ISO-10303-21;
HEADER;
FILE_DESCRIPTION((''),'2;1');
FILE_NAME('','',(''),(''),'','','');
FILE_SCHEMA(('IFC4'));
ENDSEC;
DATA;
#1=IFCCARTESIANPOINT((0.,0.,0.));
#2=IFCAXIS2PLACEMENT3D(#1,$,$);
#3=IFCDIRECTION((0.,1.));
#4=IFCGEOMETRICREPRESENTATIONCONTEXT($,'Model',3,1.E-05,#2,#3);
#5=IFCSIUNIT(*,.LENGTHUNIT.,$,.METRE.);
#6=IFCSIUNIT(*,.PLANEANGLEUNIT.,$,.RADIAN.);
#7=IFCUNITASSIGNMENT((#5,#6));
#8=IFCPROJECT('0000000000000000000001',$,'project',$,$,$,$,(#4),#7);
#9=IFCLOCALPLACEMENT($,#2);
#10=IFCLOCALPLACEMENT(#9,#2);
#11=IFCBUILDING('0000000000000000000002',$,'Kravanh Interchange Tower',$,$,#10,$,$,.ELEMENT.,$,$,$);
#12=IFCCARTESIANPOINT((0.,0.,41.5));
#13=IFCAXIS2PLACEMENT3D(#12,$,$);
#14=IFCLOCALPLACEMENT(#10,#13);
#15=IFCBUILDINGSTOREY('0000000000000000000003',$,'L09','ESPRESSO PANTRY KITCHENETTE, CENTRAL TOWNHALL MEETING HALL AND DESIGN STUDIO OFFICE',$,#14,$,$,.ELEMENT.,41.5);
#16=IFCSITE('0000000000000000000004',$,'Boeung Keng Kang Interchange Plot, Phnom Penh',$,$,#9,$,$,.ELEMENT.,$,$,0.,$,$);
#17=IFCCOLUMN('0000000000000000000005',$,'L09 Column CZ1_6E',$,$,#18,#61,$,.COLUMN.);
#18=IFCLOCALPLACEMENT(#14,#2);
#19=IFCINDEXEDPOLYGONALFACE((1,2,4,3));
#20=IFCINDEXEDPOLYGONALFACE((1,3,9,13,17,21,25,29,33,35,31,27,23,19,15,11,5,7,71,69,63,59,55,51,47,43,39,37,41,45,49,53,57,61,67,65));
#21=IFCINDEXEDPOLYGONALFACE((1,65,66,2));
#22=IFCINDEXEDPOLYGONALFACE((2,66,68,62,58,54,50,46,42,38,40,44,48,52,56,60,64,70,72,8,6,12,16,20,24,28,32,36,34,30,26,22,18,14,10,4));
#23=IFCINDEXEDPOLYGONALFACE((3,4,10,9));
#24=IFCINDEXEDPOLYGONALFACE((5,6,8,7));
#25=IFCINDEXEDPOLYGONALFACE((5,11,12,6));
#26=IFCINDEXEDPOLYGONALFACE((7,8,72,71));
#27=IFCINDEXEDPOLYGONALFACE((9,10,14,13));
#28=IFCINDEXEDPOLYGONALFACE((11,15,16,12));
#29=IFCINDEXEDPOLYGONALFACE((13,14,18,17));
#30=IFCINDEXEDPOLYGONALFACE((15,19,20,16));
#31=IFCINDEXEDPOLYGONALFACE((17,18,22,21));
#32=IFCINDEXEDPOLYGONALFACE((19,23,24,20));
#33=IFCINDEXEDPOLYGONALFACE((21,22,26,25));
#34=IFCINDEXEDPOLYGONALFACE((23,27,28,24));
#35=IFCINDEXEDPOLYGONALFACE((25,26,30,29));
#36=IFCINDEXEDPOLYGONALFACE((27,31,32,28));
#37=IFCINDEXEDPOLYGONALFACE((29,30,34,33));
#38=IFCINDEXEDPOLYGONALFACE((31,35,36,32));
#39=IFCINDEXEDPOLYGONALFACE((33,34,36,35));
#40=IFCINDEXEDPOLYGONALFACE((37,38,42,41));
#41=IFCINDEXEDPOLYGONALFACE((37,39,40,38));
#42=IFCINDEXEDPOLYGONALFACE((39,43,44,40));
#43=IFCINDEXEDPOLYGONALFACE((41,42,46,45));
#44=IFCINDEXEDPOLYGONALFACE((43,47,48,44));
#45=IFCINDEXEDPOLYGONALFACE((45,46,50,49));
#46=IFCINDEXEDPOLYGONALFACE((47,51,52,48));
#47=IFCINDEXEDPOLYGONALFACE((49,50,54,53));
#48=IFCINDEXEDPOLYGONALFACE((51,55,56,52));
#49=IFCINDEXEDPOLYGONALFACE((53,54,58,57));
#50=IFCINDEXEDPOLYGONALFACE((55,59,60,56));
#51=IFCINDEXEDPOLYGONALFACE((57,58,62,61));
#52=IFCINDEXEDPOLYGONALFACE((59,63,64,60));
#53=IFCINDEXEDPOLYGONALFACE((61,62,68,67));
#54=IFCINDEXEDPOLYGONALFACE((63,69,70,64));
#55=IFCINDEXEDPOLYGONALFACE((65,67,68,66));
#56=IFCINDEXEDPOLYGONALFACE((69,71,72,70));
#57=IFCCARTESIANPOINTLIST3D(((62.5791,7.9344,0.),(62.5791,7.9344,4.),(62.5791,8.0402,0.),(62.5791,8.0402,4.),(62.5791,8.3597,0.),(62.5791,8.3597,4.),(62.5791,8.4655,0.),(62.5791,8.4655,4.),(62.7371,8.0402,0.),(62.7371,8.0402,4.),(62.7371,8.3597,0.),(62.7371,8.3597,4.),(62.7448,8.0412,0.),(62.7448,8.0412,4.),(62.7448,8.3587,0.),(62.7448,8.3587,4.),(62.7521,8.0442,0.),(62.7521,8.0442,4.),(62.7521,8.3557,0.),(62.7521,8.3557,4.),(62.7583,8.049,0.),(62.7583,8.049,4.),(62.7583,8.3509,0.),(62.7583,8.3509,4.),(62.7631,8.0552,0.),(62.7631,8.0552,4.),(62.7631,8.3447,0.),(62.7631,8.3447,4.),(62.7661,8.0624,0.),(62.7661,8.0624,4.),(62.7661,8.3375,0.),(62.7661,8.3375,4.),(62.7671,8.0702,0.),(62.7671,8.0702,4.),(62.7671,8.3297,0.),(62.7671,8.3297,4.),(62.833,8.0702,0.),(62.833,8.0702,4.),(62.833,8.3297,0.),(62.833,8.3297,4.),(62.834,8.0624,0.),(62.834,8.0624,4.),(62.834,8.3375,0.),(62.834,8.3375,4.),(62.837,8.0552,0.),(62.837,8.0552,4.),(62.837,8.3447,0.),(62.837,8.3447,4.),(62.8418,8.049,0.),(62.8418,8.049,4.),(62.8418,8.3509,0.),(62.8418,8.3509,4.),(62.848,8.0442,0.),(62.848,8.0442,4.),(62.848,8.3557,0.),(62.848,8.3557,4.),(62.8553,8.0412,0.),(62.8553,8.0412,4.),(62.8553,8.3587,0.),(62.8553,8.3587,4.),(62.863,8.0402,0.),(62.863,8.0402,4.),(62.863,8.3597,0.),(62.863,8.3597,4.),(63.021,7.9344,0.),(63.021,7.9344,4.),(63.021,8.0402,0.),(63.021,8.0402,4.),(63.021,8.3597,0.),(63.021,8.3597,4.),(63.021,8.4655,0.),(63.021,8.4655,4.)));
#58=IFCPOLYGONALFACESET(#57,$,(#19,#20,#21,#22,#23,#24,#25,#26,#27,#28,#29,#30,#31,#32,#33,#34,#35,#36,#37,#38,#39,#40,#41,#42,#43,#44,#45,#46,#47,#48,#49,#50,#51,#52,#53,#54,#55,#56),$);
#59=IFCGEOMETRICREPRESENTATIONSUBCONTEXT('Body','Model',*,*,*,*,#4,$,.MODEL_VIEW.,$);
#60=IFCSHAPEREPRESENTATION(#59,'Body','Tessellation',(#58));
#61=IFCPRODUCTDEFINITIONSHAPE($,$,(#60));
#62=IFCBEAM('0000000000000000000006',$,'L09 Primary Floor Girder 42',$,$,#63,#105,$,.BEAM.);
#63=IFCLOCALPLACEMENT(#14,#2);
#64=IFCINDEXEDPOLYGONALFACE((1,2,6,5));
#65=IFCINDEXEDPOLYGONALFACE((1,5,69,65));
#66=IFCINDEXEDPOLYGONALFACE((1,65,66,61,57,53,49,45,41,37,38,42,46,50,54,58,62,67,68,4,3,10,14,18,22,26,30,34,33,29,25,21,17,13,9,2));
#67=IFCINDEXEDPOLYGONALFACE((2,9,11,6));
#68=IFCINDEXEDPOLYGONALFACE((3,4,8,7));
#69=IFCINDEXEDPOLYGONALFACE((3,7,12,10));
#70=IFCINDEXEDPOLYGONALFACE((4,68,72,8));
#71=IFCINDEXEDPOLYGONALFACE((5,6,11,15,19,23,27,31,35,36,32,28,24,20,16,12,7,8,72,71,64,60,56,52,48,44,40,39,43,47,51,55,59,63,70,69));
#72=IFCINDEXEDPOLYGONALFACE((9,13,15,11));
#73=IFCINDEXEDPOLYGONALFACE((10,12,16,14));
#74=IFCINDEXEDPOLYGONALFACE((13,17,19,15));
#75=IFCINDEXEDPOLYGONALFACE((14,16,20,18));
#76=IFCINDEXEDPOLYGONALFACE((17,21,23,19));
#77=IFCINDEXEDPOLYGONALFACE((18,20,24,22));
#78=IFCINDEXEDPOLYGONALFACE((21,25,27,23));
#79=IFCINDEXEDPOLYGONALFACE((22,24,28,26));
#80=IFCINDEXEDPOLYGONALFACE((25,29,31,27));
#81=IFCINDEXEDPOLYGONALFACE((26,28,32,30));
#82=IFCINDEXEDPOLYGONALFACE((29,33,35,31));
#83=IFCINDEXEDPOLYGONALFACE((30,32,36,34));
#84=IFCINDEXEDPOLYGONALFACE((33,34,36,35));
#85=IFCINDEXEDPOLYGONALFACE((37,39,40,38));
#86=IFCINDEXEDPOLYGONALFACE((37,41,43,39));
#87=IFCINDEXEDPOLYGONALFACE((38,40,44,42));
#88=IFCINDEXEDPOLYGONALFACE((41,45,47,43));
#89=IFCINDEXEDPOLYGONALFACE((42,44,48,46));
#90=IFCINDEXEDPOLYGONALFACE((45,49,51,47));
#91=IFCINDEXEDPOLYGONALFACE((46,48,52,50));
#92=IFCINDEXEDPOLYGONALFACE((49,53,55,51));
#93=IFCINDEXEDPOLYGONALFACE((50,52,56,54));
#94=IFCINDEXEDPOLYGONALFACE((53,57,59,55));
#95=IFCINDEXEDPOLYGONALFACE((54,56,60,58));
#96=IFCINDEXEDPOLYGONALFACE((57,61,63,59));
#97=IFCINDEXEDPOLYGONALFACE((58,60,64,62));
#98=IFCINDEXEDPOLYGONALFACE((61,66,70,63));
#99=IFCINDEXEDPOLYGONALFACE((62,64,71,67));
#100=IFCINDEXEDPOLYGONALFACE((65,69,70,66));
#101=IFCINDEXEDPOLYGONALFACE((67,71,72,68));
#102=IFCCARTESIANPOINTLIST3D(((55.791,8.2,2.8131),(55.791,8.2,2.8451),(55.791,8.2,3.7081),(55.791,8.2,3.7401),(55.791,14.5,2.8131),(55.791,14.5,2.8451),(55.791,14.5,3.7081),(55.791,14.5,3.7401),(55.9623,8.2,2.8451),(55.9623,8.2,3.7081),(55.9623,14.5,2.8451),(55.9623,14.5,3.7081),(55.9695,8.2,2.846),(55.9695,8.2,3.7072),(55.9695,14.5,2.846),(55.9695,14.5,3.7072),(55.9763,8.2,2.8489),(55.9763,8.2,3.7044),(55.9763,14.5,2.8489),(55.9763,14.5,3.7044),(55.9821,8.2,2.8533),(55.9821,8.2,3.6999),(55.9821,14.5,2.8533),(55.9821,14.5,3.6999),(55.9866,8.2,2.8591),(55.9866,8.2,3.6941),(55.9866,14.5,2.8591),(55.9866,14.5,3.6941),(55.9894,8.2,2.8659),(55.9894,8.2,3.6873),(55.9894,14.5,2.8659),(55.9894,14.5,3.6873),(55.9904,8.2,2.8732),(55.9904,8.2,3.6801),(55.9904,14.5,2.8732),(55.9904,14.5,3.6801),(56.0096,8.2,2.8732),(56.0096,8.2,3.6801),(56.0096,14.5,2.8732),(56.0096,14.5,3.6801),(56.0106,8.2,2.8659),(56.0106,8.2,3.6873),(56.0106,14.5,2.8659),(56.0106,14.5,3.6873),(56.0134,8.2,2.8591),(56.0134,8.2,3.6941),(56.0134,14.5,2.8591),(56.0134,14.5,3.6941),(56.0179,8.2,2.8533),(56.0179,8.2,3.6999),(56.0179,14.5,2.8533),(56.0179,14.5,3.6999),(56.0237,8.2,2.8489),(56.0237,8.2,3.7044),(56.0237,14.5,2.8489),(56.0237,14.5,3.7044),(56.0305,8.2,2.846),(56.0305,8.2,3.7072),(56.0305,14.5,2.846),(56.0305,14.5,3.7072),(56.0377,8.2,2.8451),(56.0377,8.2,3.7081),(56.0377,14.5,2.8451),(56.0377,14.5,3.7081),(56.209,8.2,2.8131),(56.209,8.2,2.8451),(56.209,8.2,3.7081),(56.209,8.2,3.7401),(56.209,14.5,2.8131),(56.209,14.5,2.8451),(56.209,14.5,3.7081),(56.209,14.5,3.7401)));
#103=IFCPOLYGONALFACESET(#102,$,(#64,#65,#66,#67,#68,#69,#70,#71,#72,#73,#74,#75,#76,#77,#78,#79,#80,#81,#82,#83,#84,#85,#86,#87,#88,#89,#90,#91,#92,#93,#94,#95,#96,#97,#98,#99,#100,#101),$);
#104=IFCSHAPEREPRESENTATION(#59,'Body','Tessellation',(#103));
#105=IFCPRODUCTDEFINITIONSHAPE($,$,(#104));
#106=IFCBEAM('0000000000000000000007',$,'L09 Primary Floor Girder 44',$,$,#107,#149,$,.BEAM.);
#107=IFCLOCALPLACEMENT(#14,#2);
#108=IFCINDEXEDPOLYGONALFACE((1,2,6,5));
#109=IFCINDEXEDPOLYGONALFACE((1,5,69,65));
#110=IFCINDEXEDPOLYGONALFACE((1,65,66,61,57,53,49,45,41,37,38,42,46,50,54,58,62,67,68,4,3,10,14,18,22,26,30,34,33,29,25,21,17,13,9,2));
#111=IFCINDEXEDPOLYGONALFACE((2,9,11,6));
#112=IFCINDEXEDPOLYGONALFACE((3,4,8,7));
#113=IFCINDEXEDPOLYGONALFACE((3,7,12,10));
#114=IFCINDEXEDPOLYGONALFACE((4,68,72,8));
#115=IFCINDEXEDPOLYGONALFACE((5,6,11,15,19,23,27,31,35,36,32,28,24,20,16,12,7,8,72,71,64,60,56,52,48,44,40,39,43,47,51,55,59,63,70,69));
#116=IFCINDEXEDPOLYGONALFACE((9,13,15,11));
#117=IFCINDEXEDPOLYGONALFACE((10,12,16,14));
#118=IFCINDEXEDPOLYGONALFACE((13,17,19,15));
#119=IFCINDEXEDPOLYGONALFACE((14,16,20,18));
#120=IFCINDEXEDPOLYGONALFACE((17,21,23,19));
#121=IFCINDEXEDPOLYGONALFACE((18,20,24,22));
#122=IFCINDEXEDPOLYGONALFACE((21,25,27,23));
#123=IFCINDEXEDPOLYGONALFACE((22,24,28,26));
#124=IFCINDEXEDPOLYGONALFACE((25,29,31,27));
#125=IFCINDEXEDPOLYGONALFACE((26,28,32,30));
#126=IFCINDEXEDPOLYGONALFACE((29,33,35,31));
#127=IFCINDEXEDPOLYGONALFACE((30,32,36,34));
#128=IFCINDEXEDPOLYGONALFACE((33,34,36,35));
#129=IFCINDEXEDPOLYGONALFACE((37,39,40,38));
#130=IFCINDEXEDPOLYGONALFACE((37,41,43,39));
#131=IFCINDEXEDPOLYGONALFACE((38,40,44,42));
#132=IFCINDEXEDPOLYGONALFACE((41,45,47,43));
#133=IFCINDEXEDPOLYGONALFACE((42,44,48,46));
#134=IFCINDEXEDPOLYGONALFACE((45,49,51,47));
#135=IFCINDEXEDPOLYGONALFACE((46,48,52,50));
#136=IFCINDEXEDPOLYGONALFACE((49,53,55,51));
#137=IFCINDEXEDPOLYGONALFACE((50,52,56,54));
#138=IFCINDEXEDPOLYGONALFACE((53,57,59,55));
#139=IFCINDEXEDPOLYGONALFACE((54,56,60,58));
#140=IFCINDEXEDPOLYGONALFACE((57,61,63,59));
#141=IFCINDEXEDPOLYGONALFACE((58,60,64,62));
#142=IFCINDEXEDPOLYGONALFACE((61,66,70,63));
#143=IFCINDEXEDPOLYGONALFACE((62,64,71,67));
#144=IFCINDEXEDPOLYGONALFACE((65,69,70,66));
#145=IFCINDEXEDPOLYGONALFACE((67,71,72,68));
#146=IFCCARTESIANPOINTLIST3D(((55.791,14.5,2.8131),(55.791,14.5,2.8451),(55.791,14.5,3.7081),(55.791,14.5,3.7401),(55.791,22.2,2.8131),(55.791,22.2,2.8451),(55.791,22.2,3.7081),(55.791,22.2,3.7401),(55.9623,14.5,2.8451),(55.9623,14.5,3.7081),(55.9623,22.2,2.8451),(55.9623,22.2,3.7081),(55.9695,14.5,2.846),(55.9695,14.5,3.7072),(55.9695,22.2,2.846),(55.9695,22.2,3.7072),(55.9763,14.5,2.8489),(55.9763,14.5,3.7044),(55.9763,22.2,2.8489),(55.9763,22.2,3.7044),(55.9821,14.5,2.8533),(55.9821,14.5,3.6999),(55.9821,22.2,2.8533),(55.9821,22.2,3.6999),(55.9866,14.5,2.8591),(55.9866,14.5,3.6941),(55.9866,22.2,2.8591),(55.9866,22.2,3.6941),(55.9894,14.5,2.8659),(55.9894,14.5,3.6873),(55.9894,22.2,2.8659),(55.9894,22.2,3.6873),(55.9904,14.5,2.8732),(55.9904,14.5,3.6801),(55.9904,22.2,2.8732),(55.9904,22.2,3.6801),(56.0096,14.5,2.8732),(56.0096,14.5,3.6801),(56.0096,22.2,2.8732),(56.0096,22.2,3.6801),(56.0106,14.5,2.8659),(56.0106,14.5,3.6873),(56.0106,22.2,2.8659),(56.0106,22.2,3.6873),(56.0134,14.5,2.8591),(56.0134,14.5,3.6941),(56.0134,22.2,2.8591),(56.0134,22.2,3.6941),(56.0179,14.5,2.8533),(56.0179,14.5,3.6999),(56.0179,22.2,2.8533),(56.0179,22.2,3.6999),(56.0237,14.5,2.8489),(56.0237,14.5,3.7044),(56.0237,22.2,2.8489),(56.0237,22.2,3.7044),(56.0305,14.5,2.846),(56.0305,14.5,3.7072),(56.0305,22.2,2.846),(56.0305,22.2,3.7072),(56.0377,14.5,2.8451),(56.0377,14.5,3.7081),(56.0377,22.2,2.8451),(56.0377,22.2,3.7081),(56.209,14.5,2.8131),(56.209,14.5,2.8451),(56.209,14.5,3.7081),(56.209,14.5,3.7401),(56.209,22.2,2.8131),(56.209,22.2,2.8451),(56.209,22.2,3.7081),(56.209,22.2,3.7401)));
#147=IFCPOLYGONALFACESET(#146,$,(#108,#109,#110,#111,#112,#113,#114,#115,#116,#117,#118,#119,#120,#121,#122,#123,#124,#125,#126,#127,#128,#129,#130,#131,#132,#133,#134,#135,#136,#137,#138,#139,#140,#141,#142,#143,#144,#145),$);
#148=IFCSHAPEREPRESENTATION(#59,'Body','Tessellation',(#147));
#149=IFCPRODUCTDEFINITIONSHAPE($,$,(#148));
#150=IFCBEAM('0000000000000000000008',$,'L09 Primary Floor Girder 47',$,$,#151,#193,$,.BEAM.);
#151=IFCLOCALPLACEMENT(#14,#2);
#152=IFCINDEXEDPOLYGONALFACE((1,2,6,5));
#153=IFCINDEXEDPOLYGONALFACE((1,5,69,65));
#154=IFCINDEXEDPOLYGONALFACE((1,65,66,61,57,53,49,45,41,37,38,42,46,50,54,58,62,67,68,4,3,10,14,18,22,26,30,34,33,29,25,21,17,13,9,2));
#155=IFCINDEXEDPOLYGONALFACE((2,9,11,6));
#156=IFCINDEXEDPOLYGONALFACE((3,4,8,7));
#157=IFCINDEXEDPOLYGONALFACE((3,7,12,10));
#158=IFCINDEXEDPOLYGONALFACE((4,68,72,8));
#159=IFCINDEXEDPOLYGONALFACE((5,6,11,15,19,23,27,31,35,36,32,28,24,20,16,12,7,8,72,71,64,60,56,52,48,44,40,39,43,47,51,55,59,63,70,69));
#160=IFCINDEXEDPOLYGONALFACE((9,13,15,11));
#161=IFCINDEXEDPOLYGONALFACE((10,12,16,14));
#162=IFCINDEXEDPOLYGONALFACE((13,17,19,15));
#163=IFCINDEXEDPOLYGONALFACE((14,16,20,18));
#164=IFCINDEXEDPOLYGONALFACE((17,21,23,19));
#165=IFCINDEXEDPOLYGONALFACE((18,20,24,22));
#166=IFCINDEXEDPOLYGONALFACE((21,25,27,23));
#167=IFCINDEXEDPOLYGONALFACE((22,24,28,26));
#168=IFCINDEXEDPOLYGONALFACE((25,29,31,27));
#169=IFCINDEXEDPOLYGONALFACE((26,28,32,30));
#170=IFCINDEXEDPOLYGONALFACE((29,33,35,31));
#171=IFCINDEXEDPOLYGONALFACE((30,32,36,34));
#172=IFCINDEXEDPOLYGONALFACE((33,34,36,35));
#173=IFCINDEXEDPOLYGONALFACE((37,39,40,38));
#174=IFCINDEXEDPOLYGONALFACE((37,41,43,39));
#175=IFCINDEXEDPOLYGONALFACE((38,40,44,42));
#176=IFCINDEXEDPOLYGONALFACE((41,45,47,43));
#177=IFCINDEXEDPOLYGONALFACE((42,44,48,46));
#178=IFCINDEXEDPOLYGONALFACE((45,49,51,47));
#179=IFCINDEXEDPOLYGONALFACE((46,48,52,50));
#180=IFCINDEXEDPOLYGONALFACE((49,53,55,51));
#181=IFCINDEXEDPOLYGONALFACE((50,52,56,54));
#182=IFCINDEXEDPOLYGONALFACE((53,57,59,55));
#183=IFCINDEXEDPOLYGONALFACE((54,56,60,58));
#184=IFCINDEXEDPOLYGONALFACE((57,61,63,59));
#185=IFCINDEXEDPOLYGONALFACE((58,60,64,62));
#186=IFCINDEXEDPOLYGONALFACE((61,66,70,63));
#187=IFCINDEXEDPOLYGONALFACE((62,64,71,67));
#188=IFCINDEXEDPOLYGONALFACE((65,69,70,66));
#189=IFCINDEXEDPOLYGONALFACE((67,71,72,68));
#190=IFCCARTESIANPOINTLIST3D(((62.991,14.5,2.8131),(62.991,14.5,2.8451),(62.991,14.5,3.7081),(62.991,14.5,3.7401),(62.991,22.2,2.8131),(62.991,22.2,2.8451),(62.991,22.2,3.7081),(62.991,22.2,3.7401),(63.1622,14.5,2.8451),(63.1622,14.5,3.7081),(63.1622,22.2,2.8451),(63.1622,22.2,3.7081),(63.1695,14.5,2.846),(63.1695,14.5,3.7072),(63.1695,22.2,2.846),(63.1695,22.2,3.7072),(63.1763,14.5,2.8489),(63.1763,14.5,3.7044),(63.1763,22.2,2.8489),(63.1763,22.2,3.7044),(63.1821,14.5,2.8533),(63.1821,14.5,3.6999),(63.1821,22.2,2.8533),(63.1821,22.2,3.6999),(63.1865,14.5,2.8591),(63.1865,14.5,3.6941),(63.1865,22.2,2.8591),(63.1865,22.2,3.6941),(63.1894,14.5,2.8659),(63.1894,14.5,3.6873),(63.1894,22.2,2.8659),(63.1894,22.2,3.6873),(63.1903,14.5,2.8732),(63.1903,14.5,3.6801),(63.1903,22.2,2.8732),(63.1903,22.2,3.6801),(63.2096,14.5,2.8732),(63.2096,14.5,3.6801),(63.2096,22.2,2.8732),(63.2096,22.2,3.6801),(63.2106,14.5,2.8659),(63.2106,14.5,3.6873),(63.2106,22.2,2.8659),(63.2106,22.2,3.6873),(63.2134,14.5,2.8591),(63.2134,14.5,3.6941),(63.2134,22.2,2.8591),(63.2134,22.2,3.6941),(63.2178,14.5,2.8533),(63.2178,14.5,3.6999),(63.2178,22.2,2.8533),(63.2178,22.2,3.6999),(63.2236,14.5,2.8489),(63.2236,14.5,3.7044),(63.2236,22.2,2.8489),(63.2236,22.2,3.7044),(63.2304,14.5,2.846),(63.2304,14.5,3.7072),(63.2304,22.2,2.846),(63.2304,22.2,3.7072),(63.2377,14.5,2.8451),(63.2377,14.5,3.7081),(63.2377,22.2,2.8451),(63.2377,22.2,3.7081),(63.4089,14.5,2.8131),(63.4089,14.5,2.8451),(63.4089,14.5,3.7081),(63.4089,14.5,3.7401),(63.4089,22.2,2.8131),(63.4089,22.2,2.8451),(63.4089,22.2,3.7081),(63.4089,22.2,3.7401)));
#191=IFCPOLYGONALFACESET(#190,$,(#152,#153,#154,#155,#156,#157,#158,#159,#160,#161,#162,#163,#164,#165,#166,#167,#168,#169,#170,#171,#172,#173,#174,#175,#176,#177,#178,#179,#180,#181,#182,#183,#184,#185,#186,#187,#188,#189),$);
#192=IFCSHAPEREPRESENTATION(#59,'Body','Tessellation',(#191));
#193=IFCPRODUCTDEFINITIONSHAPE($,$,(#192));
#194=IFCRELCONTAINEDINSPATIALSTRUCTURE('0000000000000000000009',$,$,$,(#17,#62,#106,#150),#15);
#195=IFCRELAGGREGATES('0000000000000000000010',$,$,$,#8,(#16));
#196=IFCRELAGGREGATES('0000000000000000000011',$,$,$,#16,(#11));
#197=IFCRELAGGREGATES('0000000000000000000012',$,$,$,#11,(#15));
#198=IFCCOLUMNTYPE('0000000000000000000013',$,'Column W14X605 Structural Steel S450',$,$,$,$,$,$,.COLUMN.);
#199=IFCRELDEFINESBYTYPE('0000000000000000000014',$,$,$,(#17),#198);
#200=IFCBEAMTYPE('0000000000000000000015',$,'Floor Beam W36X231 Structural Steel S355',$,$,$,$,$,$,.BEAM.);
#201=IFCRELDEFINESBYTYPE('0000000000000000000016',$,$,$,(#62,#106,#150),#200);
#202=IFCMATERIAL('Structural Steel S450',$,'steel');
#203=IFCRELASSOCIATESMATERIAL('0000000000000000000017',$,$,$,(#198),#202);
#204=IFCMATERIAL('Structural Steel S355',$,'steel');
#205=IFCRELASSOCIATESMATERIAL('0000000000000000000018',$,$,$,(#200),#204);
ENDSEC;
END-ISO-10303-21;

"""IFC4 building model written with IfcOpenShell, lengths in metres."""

from ifc_helpers import new_model, si_unit, direction, frame, origin, origin_2d, place, context, subcontext, project, spatial, i_section, extrude, material, material_profile, profile_set, type_object, element, save


model = new_model("IFC4")

# Units and contexts
model_context = context("Model", 3, precision=1e-05, world=origin(), true_north=direction((0.0, 1.0)))
body_context = subcontext(model_context, "Body", "Model", "MODEL_VIEW")
ifc_project = project(units=[si_unit("LENGTHUNIT", "METRE"), si_unit("PLANEANGLEUNIT", "RADIAN")], contexts=[model_context])

# Site, building, storey
site_placement = place(None, origin())
site = spatial("IfcSite", under=ifc_project, at=site_placement, Name="Boeung Keng Kang Interchange Plot, Phnom Penh", CompositionType="ELEMENT", RefElevation=0.0)
building_placement = place(site_placement, origin())
building = spatial("IfcBuilding", under=site, at=building_placement, Name="Kravanh Interchange Tower", CompositionType="ELEMENT")
storey_placement = place(building_placement, frame((0.0, 0.0, 41.5)))
storey = spatial("IfcBuildingStorey", under=building, at=storey_placement, Name="L09", Description="ESPRESSO PANTRY KITCHENETTE, CENTRAL TOWNHALL MEETING HALL AND DESIGN STUDIO OFFICE", CompositionType="ELEMENT", Elevation=41.5)

# Column
ifc_material_1 = material(Name="Structural Steel S450", Category="steel")
ifc_material_profile_1 = material_profile(ifc_material_1, i_section(OverallWidth=0.4419, OverallDepth=0.531, WebThickness=0.0659, FlangeThickness=0.1057, FilletRadius=0.03, at=origin_2d()), Name="W14X605")
ifc_profile_set_1 = profile_set([ifc_material_profile_1], Name="Structural Steel S450")
column_type = type_object("IfcColumnType", Name="Column W14X605 Structural Steel S450", PredefinedType="COLUMN", material=ifc_profile_set_1)
for number, where, z_axis, x_axis, name in (
    (1, (62.8, 8.2, 0.0), (0.0, 0.0, 1.0), (1.0, 0.0, 0.0), "L09 Column CZ1_6E"),
):
    element("IfcColumn", number, at=place(storey_placement, frame(where, z_axis=z_axis, x_axis=x_axis)), inside=storey, type_object=column_type, Name=name, PredefinedType="COLUMN", context=body_context, shape_type="SweptSolid", body=[
        extrude(i_section(OverallWidth=0.4419, OverallDepth=0.531, WebThickness=0.0659, FlangeThickness=0.1057, FilletRadius=0.03, at=origin_2d()), origin(), (0.0, 0.0, 1.0), 4.0),
    ])

# Beams
ifc_material_2 = material(Name="Structural Steel S355", Category="steel")
ifc_material_profile_2 = material_profile(ifc_material_2, i_section(OverallWidth=0.418, OverallDepth=0.927, WebThickness=0.0193, FlangeThickness=0.032, FilletRadius=0.0281, at=origin_2d()), Name="W36X231")
ifc_profile_set_2 = profile_set([ifc_material_profile_2], Name="Structural Steel S355")
beam_type_1 = type_object("IfcBeamType", Name="Floor Beam W36X231 Structural Steel S355", PredefinedType="BEAM", material=ifc_profile_set_2)
beam_1_placement = place(storey_placement, frame((56.0, 14.5, 3.2766), z_axis=(0.0, -1.0, 0.0), x_axis=(1.0, 0.0, 0.0)))
element("IfcBeam", 2, at=beam_1_placement, inside=storey, type_object=beam_type_1, Name="L09 Primary Floor Girder 42", PredefinedType="BEAM", context=body_context, shape_type="SweptSolid", body=[
    extrude(i_section(OverallWidth=0.418, OverallDepth=0.927, WebThickness=0.0193, FlangeThickness=0.032, FilletRadius=0.0281, at=origin_2d()), origin(), (0.0, 0.0, 1.0), 6.3),
])
for number, where, z_axis, x_axis, name in (
    (3, (56.0, 14.5, 3.2766), (0.0, 1.0, 0.0), (-1.0, 0.0, 0.0), "L09 Primary Floor Girder 44"),
    (4, (63.2, 14.5, 3.2766), (0.0, 1.0, 0.0), (-1.0, 0.0, 0.0), "L09 Primary Floor Girder 47"),
):
    element("IfcBeam", number, at=place(storey_placement, frame(where, z_axis=z_axis, x_axis=x_axis)), inside=storey, type_object=beam_type_1, Name=name, PredefinedType="BEAM", context=body_context, shape_type="SweptSolid", body=[
        extrude(i_section(OverallWidth=0.418, OverallDepth=0.927, WebThickness=0.0193, FlangeThickness=0.032, FilletRadius=0.0281, at=origin_2d()), origin(), (0.0, 0.0, 1.0), 7.7),
    ])

save(model, "model.ifc")
